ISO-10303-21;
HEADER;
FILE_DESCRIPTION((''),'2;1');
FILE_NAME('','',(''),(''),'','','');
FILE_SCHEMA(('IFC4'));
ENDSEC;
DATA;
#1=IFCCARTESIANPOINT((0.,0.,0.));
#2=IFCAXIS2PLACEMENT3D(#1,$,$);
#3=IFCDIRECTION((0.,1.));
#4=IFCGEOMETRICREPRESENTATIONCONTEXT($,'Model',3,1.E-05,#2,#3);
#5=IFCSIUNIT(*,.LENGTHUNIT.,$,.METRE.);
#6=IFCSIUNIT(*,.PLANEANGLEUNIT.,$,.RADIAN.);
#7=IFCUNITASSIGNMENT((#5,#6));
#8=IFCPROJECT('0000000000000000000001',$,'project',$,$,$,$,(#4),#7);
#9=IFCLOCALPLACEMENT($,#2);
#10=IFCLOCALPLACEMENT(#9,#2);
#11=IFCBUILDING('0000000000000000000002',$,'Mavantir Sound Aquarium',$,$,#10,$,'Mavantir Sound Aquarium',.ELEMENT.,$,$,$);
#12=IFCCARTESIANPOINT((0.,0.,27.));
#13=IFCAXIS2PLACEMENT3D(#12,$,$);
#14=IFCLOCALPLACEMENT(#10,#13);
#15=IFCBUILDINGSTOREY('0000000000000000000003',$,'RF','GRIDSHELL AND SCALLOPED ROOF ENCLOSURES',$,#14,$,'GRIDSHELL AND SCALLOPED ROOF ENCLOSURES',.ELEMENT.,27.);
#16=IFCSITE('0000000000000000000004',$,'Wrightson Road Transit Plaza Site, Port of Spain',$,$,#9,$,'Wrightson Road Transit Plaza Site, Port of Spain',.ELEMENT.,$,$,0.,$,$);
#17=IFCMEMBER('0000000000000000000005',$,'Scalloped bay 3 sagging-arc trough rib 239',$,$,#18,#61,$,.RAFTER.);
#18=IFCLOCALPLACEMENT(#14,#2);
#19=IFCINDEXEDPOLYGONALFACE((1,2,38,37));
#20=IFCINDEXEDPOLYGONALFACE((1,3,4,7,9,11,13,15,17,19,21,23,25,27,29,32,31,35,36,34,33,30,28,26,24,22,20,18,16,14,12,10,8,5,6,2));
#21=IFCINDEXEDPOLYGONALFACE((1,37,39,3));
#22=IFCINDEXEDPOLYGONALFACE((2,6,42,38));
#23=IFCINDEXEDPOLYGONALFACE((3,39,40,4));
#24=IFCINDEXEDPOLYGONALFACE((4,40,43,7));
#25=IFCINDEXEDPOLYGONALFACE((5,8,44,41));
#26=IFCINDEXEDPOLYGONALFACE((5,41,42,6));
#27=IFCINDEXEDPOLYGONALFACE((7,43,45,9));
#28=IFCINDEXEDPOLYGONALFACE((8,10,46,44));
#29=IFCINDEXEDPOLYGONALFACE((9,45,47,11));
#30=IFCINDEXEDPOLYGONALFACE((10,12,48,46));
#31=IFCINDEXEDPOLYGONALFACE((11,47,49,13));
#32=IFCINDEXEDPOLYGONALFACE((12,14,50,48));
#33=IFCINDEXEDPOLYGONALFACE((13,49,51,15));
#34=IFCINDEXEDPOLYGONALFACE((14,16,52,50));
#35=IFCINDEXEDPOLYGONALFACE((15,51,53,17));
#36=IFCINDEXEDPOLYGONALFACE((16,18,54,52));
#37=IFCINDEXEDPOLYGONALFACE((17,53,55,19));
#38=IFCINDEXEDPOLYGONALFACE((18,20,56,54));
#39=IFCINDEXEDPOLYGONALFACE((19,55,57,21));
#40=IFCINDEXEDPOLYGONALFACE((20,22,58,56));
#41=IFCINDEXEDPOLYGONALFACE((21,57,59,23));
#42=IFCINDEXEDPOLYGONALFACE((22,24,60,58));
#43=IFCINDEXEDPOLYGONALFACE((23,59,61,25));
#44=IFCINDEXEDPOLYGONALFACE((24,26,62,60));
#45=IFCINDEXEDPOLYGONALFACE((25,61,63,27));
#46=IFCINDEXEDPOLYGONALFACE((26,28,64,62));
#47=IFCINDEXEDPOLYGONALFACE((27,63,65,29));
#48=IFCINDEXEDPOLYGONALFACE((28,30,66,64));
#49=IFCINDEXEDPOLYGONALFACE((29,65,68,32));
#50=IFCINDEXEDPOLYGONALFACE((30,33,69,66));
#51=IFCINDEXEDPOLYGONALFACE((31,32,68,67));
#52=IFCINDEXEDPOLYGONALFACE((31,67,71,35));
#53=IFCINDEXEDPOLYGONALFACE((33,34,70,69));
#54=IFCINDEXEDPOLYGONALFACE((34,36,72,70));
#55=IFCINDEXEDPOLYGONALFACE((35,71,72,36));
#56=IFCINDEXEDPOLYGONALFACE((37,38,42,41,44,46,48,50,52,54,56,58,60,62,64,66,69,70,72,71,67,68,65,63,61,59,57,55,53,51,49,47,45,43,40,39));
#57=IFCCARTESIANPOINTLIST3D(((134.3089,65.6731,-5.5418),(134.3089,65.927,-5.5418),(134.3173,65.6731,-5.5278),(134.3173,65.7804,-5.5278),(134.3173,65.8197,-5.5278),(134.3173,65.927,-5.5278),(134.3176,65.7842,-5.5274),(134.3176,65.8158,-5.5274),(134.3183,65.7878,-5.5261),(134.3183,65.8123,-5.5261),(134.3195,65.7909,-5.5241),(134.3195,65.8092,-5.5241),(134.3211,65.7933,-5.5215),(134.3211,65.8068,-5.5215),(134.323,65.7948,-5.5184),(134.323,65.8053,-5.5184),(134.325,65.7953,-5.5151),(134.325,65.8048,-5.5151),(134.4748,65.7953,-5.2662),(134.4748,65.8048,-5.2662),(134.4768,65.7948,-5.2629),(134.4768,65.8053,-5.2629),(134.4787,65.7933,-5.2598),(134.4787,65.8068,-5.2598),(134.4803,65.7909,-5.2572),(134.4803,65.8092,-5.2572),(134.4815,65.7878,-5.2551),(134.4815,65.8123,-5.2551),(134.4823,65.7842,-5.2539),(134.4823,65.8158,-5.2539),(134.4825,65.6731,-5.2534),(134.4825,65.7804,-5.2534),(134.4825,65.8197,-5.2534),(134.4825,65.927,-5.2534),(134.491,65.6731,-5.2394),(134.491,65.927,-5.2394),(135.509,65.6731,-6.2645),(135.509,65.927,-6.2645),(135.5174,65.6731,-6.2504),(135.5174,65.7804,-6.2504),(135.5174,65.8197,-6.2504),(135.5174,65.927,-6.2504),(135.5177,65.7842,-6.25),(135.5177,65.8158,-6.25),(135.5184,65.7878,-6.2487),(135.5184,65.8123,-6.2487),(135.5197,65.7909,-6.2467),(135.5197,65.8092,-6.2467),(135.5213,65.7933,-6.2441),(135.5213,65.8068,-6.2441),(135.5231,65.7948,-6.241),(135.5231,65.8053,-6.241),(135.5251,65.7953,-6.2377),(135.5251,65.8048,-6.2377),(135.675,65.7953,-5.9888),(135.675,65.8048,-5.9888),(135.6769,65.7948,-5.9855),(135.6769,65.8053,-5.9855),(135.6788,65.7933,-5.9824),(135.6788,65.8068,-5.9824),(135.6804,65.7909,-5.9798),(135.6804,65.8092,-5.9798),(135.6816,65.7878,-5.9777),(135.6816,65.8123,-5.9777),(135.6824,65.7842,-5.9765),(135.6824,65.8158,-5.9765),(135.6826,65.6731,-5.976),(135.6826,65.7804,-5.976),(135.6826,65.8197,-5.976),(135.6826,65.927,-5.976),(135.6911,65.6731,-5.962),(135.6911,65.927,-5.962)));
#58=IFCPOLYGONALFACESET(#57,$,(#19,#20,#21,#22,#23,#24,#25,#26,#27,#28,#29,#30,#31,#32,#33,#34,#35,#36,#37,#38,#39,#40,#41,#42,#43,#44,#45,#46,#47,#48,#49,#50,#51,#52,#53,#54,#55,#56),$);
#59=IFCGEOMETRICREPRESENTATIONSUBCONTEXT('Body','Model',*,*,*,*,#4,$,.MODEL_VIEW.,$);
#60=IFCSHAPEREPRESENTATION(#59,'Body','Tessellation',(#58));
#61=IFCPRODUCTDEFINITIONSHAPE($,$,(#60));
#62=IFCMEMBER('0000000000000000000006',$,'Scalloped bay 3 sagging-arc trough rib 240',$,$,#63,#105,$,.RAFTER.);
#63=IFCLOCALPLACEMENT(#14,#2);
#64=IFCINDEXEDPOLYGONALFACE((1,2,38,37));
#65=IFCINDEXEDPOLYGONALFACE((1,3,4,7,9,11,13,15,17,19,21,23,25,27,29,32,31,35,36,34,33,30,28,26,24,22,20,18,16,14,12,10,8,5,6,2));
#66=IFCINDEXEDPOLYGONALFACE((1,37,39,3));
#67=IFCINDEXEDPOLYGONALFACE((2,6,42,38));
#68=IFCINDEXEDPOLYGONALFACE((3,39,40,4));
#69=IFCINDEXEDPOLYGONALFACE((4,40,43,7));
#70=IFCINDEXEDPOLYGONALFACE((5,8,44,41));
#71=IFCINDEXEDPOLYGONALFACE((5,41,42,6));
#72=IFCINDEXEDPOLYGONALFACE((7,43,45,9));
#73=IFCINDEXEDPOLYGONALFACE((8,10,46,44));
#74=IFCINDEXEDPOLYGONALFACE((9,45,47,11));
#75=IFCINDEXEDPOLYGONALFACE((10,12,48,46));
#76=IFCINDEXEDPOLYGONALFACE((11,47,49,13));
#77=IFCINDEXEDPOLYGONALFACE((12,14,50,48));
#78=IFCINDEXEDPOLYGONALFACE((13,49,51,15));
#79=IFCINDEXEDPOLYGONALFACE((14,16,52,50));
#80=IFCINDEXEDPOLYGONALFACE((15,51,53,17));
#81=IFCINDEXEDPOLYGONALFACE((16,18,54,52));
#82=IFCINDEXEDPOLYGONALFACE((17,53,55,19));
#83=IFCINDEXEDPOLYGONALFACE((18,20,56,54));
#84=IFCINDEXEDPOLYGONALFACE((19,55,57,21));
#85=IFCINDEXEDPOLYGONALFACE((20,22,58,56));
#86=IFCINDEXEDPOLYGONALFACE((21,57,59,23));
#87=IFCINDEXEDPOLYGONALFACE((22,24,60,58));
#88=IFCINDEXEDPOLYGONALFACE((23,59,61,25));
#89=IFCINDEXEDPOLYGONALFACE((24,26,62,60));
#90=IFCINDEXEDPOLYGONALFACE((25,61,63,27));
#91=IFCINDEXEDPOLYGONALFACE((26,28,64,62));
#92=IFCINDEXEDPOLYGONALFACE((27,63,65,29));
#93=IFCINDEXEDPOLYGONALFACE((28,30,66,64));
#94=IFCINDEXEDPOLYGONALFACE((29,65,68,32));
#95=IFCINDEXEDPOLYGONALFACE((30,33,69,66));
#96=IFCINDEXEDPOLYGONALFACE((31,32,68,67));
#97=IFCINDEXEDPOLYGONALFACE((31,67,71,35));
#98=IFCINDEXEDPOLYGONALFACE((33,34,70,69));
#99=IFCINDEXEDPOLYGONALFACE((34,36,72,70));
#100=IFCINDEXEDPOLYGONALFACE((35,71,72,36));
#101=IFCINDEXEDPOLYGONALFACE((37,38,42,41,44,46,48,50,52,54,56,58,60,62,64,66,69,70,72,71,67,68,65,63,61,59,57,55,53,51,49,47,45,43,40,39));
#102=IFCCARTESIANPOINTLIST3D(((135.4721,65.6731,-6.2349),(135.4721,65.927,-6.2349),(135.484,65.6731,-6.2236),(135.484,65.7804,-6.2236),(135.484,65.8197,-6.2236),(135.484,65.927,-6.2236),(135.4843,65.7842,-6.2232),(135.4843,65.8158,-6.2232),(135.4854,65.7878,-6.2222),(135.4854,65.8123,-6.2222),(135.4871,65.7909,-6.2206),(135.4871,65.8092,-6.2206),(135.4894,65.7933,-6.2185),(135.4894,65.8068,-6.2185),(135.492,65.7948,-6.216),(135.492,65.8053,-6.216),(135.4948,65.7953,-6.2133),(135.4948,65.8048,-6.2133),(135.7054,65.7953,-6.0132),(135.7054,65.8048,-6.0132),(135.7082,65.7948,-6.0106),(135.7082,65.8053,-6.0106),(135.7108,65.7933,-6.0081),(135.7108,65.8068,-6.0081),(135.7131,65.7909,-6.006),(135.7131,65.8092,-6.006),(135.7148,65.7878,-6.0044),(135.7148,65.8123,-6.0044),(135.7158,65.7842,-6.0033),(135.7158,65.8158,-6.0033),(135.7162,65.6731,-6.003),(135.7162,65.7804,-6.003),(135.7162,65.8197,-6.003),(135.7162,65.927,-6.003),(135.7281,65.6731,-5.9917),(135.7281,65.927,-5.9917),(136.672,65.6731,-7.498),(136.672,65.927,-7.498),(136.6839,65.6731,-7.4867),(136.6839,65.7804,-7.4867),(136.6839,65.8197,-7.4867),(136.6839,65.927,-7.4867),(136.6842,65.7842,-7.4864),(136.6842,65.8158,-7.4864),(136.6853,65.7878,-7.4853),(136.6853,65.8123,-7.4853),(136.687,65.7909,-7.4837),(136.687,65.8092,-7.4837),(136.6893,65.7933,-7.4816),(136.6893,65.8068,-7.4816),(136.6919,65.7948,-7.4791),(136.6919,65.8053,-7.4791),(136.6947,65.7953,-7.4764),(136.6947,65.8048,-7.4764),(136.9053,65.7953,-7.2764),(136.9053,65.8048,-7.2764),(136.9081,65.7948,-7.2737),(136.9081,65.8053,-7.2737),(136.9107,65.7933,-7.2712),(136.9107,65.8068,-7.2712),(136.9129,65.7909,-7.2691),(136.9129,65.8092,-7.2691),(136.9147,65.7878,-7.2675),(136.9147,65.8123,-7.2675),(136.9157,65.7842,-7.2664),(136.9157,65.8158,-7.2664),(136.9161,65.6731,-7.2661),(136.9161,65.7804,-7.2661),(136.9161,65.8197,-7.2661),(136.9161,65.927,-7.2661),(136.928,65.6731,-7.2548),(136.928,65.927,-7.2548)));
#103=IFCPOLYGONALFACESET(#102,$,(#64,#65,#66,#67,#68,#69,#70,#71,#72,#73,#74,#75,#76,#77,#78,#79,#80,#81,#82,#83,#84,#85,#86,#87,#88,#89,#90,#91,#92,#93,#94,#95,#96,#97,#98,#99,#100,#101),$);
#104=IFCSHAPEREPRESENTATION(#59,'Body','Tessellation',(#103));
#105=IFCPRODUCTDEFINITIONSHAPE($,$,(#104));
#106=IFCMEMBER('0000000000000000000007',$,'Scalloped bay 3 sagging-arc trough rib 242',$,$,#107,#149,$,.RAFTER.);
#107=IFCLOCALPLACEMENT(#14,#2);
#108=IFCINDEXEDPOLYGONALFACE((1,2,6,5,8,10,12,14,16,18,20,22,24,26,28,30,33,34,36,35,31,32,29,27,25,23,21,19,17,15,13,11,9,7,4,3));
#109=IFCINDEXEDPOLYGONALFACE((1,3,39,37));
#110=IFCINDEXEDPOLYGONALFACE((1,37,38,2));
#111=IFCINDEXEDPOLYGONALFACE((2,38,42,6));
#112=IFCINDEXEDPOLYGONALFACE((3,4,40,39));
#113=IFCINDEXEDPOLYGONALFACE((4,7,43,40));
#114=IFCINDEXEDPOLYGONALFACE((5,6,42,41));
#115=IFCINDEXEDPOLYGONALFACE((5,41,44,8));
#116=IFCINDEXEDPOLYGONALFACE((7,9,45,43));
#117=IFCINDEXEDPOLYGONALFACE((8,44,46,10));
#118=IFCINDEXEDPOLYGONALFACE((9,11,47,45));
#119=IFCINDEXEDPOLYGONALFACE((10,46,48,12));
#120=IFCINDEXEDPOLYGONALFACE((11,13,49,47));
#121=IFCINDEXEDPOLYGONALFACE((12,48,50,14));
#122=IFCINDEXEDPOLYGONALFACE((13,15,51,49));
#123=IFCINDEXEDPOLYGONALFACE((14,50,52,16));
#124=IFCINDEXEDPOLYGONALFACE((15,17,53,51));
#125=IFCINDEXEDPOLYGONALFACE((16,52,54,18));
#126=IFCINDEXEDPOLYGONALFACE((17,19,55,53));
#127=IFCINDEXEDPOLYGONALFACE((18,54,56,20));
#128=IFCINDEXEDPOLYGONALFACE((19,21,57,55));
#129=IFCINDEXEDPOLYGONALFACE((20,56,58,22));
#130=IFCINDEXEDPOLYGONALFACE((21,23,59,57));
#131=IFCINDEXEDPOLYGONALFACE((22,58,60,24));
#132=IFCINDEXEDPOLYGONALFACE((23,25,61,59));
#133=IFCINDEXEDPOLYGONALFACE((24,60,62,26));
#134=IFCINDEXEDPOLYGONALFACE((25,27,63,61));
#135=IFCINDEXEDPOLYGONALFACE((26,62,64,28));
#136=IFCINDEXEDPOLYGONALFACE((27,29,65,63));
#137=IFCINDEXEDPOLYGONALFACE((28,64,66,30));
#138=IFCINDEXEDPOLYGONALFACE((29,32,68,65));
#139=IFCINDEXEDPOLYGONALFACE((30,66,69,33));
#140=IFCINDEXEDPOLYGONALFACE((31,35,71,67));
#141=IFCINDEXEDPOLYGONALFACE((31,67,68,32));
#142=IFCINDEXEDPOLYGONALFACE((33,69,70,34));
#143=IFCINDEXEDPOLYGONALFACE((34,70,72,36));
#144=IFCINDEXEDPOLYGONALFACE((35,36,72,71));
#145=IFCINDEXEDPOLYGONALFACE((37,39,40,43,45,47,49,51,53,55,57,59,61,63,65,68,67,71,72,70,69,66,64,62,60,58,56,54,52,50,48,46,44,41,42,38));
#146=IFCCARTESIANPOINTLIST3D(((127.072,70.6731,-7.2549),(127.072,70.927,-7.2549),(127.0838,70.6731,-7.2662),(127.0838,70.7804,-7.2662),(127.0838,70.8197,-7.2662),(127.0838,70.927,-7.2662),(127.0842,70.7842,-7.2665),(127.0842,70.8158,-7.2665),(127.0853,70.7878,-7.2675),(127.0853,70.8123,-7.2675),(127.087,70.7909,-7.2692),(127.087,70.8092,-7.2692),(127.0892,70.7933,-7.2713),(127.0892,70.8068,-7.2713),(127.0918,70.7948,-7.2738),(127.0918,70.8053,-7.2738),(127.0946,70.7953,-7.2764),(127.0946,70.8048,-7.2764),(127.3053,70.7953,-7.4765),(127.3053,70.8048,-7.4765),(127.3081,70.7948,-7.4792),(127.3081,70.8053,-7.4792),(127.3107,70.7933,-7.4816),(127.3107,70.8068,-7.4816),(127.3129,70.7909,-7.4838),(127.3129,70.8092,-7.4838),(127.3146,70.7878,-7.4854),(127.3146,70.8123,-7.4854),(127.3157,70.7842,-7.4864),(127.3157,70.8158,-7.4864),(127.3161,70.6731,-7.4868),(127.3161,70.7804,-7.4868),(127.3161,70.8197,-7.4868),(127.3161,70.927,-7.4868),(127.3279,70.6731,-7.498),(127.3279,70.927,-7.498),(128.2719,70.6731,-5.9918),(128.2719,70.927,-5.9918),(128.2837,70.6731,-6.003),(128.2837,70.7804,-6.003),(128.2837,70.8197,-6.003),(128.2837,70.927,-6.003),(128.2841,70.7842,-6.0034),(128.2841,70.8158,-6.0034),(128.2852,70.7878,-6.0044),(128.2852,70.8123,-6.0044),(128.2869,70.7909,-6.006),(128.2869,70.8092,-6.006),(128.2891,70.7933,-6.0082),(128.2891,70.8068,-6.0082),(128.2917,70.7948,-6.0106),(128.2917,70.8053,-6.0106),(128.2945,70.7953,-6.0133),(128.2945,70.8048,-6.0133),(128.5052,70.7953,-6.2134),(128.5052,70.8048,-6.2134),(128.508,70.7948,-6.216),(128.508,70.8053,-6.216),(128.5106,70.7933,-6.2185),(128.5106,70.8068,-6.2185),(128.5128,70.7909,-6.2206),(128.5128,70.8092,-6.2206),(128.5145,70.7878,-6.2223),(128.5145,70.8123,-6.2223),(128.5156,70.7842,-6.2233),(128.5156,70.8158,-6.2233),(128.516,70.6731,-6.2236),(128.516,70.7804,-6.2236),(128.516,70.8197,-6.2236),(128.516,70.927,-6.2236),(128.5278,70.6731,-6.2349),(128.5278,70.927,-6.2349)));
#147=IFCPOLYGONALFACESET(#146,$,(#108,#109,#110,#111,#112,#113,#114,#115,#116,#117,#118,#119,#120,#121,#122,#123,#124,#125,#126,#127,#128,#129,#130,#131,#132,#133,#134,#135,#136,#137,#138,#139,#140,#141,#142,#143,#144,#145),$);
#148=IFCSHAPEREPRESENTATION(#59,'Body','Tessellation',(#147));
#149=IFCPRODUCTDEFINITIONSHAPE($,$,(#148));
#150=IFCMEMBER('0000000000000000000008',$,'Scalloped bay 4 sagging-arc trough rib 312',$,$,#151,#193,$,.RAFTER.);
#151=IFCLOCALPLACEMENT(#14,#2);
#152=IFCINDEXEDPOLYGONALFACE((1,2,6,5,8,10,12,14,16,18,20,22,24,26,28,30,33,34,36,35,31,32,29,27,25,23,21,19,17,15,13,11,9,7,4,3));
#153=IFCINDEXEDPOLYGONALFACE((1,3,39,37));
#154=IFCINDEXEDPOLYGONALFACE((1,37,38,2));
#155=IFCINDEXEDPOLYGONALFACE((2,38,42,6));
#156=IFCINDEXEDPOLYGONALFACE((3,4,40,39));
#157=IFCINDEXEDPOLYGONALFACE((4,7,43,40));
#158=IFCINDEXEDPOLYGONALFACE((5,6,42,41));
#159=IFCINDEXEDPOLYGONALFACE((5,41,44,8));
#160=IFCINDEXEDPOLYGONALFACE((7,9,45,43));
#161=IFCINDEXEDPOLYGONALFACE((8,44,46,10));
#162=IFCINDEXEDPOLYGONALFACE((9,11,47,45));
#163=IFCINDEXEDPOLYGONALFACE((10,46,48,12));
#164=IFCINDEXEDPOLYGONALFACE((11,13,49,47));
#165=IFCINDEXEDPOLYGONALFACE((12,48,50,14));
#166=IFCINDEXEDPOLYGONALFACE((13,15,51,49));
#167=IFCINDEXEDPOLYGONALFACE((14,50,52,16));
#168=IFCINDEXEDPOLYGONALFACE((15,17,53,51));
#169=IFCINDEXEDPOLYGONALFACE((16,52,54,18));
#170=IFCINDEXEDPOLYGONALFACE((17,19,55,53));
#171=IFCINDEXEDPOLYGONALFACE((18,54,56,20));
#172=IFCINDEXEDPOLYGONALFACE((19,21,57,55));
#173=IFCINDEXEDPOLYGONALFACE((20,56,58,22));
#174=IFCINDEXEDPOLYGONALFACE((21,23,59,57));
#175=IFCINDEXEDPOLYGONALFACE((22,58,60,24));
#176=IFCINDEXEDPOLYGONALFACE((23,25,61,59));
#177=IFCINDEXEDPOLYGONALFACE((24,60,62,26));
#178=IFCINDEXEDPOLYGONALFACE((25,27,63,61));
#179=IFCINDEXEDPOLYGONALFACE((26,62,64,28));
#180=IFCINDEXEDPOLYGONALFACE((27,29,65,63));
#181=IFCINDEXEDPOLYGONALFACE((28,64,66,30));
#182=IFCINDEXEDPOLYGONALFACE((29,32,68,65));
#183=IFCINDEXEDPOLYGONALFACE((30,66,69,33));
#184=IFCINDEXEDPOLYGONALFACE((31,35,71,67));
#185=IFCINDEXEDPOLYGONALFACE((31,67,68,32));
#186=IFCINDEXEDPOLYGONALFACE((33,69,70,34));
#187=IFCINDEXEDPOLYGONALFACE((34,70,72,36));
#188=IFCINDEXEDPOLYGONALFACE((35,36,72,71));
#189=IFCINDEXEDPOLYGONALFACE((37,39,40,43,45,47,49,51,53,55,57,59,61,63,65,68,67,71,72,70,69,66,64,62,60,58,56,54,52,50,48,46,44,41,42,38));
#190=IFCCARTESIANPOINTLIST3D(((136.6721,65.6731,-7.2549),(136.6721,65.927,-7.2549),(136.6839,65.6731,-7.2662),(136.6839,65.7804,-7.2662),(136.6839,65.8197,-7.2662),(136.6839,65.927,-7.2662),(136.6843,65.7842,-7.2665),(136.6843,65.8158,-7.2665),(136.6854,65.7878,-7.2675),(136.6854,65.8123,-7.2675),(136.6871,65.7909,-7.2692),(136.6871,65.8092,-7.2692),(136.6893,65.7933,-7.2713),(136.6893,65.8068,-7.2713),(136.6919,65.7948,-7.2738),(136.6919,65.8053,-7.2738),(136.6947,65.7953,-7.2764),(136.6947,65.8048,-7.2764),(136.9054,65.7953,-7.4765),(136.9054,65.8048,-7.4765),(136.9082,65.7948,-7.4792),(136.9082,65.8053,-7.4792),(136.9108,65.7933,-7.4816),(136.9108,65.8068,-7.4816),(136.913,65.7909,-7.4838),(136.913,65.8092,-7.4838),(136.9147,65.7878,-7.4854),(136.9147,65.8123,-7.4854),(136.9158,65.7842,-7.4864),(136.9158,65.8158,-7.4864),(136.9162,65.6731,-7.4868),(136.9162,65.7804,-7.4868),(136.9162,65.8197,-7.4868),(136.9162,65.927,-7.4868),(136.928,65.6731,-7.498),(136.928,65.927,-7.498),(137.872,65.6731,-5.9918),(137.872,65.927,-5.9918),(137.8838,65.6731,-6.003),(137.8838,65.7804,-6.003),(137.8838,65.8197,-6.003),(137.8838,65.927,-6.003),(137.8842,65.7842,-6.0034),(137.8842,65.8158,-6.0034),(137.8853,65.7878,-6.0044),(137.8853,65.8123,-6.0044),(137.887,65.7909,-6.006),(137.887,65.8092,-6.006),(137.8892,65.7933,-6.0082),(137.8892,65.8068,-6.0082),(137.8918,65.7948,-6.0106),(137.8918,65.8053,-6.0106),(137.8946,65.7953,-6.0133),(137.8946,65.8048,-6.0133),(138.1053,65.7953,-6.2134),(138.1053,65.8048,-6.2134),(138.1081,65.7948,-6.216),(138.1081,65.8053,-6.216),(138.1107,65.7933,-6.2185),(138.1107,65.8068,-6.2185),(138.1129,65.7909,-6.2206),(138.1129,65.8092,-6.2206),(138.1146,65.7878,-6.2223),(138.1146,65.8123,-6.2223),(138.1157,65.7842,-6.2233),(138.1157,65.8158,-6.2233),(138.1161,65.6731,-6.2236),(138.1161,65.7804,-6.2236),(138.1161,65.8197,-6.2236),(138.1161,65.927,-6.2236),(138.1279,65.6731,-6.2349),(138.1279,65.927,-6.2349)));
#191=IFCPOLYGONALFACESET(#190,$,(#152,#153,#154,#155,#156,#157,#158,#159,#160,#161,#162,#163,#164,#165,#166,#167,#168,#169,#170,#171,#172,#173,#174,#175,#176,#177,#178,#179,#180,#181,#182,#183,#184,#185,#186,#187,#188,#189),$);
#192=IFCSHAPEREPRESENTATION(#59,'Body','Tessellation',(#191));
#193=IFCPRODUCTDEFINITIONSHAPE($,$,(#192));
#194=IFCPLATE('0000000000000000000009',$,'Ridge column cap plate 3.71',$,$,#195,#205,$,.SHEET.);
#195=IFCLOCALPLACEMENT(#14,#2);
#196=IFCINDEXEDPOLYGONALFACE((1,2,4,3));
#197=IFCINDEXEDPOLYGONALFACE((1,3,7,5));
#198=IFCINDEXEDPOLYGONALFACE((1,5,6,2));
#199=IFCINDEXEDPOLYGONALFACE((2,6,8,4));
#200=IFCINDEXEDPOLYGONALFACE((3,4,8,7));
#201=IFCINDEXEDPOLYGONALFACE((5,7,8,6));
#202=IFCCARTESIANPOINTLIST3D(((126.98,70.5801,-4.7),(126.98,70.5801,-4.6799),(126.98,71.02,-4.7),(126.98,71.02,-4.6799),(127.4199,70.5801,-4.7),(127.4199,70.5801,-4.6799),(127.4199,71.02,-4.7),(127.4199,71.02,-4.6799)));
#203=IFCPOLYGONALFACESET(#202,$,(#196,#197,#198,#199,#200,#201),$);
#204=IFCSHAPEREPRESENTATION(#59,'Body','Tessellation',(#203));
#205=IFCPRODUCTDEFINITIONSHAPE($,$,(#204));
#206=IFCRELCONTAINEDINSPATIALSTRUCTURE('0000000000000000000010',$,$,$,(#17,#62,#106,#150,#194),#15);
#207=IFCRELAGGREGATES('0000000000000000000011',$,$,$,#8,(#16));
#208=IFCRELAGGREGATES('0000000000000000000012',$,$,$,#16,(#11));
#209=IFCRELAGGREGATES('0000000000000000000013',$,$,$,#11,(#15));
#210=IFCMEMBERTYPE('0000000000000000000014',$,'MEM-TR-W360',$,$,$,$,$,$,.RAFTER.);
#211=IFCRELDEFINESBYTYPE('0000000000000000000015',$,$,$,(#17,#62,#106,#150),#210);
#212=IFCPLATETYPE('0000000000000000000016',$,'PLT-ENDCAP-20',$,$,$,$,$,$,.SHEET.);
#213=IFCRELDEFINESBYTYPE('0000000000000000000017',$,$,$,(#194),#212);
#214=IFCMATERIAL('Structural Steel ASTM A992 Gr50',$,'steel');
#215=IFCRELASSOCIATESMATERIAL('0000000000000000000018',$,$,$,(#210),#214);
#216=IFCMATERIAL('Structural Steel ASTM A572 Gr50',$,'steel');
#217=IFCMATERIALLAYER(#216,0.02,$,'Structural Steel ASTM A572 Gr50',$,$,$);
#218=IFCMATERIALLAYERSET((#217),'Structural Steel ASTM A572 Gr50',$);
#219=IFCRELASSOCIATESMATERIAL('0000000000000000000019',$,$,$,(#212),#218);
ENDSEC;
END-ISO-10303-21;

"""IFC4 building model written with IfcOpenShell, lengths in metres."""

from ifc_helpers import new_model, si_unit, direction, frame, origin, origin_2d, place, context, subcontext, project, spatial, rectangle, i_section, extrude, material, layer, layer_set, material_profile, profile_set, type_object, element, save


model = new_model("IFC4")

# Units and contexts
model_context = context("Model", 3, precision=1e-05, world=origin(), true_north=direction((0.0, 1.0)))
body_context = subcontext(model_context, "Body", "Model", "MODEL_VIEW")
ifc_project = project(units=[si_unit("LENGTHUNIT", "METRE"), si_unit("PLANEANGLEUNIT", "RADIAN")], contexts=[model_context])

# Site, building, storey
site_placement = place(None, origin())
site = spatial("IfcSite", under=ifc_project, at=site_placement, Name="Wrightson Road Transit Plaza Site, Port of Spain", LongName="Wrightson Road Transit Plaza Site, Port of Spain", CompositionType="ELEMENT", RefElevation=0.0)
building_placement = place(site_placement, origin())
building = spatial("IfcBuilding", under=site, at=building_placement, Name="Mavantir Sound Aquarium", LongName="Mavantir Sound Aquarium", CompositionType="ELEMENT")
storey_placement = place(building_placement, frame((0.0, 0.0, 27.0)))
storey = spatial("IfcBuildingStorey", under=building, at=storey_placement, Name="RF", Description="GRIDSHELL AND SCALLOPED ROOF ENCLOSURES", LongName="GRIDSHELL AND SCALLOPED ROOF ENCLOSURES", CompositionType="ELEMENT", Elevation=27.0)

# Shared definitions
ifc_material_1 = material(Name="Structural Steel ASTM A992 Gr50", Category="steel")

# Members
ifc_material_profile_1 = material_profile(ifc_material_1, i_section(OverallWidth=0.2539, OverallDepth=0.353, WebThickness=0.0095, FlangeThickness=0.0164, FilletRadius=0.0149, at=origin_2d()), Name="W360X91")
ifc_profile_set_1 = profile_set([ifc_material_profile_1], Name="Structural Steel ASTM A992 Gr50")
member_type_1 = type_object("IfcMemberType", Name="MEM-TR-W360", PredefinedType="RAFTER", material=ifc_profile_set_1)
member_1_placement = place(storey_placement, frame((134.3999, 65.8, -5.3906), z_axis=(0.856692, 0.0, -0.515828), x_axis=(0.0, 1.0, 0.0)))
element("IfcMember", 1, at=member_1_placement, inside=storey, type_object=member_type_1, Name="Scalloped bay 3 sagging-arc trough rib 239", PredefinedType="RAFTER", context=body_context, shape_type="SweptSolid", body=[
    extrude(i_section(OverallWidth=0.2539, OverallDepth=0.353, WebThickness=0.0095, FlangeThickness=0.0164, FilletRadius=0.0149, at=origin_2d()), origin(), (0.0, 0.0, 1.0), 1.4009),
])
for number, where, z_axis, x_axis, name in (
    (2, (135.6001, 65.8, -6.1133), (0.688727, 0.0, -0.72502), (0.0, 1.0, 0.0), "Scalloped bay 3 sagging-arc trough rib 240"),
    (3, (127.2, 70.8, -7.3765), (0.688727, 0.0, 0.72502), (0.0, 1.0, 0.0), "Scalloped bay 3 sagging-arc trough rib 242"),
    (4, (136.8, 65.8, -7.3765), (0.688727, 0.0, 0.72502), (0.0, 1.0, 0.0), "Scalloped bay 4 sagging-arc trough rib 312"),
):
    element("IfcMember", number, at=place(storey_placement, frame(where, z_axis=z_axis, x_axis=x_axis)), inside=storey, type_object=member_type_1, Name=name, PredefinedType="RAFTER", context=body_context, shape_type="SweptSolid", body=[
        extrude(i_section(OverallWidth=0.2539, OverallDepth=0.353, WebThickness=0.0095, FlangeThickness=0.0164, FilletRadius=0.0149, at=origin_2d()), origin(), (0.0, 0.0, 1.0), 1.7422),
    ])

# Plate
ifc_material_2 = material(Name="Structural Steel ASTM A572 Gr50", Category="steel")
ifc_layer_1 = layer(ifc_material_2, 0.02, Name="Structural Steel ASTM A572 Gr50")
ifc_layer_set_1 = layer_set([ifc_layer_1], Name="Structural Steel ASTM A572 Gr50")
plate_type_1 = type_object("IfcPlateType", Name="PLT-ENDCAP-20", PredefinedType="SHEET", material=ifc_layer_set_1)
for number, where, z_axis, x_axis, name in (
    (5, (127.2, 70.8, -4.7), (0.0, 0.0, 1.0), (1.0, 0.0, 0.0), "Ridge column cap plate 3.71"),
):
    element("IfcPlate", number, at=place(storey_placement, frame(where, z_axis=z_axis, x_axis=x_axis)), inside=storey, type_object=plate_type_1, Name=name, PredefinedType="SHEET", context=body_context, shape_type="SweptSolid", body=[
        extrude(rectangle(XDim=0.4399, YDim=0.4399, at=origin_2d()), origin(), (0.0, 0.0, 1.0), 0.02),
    ])

save(model, "model.ifc")
